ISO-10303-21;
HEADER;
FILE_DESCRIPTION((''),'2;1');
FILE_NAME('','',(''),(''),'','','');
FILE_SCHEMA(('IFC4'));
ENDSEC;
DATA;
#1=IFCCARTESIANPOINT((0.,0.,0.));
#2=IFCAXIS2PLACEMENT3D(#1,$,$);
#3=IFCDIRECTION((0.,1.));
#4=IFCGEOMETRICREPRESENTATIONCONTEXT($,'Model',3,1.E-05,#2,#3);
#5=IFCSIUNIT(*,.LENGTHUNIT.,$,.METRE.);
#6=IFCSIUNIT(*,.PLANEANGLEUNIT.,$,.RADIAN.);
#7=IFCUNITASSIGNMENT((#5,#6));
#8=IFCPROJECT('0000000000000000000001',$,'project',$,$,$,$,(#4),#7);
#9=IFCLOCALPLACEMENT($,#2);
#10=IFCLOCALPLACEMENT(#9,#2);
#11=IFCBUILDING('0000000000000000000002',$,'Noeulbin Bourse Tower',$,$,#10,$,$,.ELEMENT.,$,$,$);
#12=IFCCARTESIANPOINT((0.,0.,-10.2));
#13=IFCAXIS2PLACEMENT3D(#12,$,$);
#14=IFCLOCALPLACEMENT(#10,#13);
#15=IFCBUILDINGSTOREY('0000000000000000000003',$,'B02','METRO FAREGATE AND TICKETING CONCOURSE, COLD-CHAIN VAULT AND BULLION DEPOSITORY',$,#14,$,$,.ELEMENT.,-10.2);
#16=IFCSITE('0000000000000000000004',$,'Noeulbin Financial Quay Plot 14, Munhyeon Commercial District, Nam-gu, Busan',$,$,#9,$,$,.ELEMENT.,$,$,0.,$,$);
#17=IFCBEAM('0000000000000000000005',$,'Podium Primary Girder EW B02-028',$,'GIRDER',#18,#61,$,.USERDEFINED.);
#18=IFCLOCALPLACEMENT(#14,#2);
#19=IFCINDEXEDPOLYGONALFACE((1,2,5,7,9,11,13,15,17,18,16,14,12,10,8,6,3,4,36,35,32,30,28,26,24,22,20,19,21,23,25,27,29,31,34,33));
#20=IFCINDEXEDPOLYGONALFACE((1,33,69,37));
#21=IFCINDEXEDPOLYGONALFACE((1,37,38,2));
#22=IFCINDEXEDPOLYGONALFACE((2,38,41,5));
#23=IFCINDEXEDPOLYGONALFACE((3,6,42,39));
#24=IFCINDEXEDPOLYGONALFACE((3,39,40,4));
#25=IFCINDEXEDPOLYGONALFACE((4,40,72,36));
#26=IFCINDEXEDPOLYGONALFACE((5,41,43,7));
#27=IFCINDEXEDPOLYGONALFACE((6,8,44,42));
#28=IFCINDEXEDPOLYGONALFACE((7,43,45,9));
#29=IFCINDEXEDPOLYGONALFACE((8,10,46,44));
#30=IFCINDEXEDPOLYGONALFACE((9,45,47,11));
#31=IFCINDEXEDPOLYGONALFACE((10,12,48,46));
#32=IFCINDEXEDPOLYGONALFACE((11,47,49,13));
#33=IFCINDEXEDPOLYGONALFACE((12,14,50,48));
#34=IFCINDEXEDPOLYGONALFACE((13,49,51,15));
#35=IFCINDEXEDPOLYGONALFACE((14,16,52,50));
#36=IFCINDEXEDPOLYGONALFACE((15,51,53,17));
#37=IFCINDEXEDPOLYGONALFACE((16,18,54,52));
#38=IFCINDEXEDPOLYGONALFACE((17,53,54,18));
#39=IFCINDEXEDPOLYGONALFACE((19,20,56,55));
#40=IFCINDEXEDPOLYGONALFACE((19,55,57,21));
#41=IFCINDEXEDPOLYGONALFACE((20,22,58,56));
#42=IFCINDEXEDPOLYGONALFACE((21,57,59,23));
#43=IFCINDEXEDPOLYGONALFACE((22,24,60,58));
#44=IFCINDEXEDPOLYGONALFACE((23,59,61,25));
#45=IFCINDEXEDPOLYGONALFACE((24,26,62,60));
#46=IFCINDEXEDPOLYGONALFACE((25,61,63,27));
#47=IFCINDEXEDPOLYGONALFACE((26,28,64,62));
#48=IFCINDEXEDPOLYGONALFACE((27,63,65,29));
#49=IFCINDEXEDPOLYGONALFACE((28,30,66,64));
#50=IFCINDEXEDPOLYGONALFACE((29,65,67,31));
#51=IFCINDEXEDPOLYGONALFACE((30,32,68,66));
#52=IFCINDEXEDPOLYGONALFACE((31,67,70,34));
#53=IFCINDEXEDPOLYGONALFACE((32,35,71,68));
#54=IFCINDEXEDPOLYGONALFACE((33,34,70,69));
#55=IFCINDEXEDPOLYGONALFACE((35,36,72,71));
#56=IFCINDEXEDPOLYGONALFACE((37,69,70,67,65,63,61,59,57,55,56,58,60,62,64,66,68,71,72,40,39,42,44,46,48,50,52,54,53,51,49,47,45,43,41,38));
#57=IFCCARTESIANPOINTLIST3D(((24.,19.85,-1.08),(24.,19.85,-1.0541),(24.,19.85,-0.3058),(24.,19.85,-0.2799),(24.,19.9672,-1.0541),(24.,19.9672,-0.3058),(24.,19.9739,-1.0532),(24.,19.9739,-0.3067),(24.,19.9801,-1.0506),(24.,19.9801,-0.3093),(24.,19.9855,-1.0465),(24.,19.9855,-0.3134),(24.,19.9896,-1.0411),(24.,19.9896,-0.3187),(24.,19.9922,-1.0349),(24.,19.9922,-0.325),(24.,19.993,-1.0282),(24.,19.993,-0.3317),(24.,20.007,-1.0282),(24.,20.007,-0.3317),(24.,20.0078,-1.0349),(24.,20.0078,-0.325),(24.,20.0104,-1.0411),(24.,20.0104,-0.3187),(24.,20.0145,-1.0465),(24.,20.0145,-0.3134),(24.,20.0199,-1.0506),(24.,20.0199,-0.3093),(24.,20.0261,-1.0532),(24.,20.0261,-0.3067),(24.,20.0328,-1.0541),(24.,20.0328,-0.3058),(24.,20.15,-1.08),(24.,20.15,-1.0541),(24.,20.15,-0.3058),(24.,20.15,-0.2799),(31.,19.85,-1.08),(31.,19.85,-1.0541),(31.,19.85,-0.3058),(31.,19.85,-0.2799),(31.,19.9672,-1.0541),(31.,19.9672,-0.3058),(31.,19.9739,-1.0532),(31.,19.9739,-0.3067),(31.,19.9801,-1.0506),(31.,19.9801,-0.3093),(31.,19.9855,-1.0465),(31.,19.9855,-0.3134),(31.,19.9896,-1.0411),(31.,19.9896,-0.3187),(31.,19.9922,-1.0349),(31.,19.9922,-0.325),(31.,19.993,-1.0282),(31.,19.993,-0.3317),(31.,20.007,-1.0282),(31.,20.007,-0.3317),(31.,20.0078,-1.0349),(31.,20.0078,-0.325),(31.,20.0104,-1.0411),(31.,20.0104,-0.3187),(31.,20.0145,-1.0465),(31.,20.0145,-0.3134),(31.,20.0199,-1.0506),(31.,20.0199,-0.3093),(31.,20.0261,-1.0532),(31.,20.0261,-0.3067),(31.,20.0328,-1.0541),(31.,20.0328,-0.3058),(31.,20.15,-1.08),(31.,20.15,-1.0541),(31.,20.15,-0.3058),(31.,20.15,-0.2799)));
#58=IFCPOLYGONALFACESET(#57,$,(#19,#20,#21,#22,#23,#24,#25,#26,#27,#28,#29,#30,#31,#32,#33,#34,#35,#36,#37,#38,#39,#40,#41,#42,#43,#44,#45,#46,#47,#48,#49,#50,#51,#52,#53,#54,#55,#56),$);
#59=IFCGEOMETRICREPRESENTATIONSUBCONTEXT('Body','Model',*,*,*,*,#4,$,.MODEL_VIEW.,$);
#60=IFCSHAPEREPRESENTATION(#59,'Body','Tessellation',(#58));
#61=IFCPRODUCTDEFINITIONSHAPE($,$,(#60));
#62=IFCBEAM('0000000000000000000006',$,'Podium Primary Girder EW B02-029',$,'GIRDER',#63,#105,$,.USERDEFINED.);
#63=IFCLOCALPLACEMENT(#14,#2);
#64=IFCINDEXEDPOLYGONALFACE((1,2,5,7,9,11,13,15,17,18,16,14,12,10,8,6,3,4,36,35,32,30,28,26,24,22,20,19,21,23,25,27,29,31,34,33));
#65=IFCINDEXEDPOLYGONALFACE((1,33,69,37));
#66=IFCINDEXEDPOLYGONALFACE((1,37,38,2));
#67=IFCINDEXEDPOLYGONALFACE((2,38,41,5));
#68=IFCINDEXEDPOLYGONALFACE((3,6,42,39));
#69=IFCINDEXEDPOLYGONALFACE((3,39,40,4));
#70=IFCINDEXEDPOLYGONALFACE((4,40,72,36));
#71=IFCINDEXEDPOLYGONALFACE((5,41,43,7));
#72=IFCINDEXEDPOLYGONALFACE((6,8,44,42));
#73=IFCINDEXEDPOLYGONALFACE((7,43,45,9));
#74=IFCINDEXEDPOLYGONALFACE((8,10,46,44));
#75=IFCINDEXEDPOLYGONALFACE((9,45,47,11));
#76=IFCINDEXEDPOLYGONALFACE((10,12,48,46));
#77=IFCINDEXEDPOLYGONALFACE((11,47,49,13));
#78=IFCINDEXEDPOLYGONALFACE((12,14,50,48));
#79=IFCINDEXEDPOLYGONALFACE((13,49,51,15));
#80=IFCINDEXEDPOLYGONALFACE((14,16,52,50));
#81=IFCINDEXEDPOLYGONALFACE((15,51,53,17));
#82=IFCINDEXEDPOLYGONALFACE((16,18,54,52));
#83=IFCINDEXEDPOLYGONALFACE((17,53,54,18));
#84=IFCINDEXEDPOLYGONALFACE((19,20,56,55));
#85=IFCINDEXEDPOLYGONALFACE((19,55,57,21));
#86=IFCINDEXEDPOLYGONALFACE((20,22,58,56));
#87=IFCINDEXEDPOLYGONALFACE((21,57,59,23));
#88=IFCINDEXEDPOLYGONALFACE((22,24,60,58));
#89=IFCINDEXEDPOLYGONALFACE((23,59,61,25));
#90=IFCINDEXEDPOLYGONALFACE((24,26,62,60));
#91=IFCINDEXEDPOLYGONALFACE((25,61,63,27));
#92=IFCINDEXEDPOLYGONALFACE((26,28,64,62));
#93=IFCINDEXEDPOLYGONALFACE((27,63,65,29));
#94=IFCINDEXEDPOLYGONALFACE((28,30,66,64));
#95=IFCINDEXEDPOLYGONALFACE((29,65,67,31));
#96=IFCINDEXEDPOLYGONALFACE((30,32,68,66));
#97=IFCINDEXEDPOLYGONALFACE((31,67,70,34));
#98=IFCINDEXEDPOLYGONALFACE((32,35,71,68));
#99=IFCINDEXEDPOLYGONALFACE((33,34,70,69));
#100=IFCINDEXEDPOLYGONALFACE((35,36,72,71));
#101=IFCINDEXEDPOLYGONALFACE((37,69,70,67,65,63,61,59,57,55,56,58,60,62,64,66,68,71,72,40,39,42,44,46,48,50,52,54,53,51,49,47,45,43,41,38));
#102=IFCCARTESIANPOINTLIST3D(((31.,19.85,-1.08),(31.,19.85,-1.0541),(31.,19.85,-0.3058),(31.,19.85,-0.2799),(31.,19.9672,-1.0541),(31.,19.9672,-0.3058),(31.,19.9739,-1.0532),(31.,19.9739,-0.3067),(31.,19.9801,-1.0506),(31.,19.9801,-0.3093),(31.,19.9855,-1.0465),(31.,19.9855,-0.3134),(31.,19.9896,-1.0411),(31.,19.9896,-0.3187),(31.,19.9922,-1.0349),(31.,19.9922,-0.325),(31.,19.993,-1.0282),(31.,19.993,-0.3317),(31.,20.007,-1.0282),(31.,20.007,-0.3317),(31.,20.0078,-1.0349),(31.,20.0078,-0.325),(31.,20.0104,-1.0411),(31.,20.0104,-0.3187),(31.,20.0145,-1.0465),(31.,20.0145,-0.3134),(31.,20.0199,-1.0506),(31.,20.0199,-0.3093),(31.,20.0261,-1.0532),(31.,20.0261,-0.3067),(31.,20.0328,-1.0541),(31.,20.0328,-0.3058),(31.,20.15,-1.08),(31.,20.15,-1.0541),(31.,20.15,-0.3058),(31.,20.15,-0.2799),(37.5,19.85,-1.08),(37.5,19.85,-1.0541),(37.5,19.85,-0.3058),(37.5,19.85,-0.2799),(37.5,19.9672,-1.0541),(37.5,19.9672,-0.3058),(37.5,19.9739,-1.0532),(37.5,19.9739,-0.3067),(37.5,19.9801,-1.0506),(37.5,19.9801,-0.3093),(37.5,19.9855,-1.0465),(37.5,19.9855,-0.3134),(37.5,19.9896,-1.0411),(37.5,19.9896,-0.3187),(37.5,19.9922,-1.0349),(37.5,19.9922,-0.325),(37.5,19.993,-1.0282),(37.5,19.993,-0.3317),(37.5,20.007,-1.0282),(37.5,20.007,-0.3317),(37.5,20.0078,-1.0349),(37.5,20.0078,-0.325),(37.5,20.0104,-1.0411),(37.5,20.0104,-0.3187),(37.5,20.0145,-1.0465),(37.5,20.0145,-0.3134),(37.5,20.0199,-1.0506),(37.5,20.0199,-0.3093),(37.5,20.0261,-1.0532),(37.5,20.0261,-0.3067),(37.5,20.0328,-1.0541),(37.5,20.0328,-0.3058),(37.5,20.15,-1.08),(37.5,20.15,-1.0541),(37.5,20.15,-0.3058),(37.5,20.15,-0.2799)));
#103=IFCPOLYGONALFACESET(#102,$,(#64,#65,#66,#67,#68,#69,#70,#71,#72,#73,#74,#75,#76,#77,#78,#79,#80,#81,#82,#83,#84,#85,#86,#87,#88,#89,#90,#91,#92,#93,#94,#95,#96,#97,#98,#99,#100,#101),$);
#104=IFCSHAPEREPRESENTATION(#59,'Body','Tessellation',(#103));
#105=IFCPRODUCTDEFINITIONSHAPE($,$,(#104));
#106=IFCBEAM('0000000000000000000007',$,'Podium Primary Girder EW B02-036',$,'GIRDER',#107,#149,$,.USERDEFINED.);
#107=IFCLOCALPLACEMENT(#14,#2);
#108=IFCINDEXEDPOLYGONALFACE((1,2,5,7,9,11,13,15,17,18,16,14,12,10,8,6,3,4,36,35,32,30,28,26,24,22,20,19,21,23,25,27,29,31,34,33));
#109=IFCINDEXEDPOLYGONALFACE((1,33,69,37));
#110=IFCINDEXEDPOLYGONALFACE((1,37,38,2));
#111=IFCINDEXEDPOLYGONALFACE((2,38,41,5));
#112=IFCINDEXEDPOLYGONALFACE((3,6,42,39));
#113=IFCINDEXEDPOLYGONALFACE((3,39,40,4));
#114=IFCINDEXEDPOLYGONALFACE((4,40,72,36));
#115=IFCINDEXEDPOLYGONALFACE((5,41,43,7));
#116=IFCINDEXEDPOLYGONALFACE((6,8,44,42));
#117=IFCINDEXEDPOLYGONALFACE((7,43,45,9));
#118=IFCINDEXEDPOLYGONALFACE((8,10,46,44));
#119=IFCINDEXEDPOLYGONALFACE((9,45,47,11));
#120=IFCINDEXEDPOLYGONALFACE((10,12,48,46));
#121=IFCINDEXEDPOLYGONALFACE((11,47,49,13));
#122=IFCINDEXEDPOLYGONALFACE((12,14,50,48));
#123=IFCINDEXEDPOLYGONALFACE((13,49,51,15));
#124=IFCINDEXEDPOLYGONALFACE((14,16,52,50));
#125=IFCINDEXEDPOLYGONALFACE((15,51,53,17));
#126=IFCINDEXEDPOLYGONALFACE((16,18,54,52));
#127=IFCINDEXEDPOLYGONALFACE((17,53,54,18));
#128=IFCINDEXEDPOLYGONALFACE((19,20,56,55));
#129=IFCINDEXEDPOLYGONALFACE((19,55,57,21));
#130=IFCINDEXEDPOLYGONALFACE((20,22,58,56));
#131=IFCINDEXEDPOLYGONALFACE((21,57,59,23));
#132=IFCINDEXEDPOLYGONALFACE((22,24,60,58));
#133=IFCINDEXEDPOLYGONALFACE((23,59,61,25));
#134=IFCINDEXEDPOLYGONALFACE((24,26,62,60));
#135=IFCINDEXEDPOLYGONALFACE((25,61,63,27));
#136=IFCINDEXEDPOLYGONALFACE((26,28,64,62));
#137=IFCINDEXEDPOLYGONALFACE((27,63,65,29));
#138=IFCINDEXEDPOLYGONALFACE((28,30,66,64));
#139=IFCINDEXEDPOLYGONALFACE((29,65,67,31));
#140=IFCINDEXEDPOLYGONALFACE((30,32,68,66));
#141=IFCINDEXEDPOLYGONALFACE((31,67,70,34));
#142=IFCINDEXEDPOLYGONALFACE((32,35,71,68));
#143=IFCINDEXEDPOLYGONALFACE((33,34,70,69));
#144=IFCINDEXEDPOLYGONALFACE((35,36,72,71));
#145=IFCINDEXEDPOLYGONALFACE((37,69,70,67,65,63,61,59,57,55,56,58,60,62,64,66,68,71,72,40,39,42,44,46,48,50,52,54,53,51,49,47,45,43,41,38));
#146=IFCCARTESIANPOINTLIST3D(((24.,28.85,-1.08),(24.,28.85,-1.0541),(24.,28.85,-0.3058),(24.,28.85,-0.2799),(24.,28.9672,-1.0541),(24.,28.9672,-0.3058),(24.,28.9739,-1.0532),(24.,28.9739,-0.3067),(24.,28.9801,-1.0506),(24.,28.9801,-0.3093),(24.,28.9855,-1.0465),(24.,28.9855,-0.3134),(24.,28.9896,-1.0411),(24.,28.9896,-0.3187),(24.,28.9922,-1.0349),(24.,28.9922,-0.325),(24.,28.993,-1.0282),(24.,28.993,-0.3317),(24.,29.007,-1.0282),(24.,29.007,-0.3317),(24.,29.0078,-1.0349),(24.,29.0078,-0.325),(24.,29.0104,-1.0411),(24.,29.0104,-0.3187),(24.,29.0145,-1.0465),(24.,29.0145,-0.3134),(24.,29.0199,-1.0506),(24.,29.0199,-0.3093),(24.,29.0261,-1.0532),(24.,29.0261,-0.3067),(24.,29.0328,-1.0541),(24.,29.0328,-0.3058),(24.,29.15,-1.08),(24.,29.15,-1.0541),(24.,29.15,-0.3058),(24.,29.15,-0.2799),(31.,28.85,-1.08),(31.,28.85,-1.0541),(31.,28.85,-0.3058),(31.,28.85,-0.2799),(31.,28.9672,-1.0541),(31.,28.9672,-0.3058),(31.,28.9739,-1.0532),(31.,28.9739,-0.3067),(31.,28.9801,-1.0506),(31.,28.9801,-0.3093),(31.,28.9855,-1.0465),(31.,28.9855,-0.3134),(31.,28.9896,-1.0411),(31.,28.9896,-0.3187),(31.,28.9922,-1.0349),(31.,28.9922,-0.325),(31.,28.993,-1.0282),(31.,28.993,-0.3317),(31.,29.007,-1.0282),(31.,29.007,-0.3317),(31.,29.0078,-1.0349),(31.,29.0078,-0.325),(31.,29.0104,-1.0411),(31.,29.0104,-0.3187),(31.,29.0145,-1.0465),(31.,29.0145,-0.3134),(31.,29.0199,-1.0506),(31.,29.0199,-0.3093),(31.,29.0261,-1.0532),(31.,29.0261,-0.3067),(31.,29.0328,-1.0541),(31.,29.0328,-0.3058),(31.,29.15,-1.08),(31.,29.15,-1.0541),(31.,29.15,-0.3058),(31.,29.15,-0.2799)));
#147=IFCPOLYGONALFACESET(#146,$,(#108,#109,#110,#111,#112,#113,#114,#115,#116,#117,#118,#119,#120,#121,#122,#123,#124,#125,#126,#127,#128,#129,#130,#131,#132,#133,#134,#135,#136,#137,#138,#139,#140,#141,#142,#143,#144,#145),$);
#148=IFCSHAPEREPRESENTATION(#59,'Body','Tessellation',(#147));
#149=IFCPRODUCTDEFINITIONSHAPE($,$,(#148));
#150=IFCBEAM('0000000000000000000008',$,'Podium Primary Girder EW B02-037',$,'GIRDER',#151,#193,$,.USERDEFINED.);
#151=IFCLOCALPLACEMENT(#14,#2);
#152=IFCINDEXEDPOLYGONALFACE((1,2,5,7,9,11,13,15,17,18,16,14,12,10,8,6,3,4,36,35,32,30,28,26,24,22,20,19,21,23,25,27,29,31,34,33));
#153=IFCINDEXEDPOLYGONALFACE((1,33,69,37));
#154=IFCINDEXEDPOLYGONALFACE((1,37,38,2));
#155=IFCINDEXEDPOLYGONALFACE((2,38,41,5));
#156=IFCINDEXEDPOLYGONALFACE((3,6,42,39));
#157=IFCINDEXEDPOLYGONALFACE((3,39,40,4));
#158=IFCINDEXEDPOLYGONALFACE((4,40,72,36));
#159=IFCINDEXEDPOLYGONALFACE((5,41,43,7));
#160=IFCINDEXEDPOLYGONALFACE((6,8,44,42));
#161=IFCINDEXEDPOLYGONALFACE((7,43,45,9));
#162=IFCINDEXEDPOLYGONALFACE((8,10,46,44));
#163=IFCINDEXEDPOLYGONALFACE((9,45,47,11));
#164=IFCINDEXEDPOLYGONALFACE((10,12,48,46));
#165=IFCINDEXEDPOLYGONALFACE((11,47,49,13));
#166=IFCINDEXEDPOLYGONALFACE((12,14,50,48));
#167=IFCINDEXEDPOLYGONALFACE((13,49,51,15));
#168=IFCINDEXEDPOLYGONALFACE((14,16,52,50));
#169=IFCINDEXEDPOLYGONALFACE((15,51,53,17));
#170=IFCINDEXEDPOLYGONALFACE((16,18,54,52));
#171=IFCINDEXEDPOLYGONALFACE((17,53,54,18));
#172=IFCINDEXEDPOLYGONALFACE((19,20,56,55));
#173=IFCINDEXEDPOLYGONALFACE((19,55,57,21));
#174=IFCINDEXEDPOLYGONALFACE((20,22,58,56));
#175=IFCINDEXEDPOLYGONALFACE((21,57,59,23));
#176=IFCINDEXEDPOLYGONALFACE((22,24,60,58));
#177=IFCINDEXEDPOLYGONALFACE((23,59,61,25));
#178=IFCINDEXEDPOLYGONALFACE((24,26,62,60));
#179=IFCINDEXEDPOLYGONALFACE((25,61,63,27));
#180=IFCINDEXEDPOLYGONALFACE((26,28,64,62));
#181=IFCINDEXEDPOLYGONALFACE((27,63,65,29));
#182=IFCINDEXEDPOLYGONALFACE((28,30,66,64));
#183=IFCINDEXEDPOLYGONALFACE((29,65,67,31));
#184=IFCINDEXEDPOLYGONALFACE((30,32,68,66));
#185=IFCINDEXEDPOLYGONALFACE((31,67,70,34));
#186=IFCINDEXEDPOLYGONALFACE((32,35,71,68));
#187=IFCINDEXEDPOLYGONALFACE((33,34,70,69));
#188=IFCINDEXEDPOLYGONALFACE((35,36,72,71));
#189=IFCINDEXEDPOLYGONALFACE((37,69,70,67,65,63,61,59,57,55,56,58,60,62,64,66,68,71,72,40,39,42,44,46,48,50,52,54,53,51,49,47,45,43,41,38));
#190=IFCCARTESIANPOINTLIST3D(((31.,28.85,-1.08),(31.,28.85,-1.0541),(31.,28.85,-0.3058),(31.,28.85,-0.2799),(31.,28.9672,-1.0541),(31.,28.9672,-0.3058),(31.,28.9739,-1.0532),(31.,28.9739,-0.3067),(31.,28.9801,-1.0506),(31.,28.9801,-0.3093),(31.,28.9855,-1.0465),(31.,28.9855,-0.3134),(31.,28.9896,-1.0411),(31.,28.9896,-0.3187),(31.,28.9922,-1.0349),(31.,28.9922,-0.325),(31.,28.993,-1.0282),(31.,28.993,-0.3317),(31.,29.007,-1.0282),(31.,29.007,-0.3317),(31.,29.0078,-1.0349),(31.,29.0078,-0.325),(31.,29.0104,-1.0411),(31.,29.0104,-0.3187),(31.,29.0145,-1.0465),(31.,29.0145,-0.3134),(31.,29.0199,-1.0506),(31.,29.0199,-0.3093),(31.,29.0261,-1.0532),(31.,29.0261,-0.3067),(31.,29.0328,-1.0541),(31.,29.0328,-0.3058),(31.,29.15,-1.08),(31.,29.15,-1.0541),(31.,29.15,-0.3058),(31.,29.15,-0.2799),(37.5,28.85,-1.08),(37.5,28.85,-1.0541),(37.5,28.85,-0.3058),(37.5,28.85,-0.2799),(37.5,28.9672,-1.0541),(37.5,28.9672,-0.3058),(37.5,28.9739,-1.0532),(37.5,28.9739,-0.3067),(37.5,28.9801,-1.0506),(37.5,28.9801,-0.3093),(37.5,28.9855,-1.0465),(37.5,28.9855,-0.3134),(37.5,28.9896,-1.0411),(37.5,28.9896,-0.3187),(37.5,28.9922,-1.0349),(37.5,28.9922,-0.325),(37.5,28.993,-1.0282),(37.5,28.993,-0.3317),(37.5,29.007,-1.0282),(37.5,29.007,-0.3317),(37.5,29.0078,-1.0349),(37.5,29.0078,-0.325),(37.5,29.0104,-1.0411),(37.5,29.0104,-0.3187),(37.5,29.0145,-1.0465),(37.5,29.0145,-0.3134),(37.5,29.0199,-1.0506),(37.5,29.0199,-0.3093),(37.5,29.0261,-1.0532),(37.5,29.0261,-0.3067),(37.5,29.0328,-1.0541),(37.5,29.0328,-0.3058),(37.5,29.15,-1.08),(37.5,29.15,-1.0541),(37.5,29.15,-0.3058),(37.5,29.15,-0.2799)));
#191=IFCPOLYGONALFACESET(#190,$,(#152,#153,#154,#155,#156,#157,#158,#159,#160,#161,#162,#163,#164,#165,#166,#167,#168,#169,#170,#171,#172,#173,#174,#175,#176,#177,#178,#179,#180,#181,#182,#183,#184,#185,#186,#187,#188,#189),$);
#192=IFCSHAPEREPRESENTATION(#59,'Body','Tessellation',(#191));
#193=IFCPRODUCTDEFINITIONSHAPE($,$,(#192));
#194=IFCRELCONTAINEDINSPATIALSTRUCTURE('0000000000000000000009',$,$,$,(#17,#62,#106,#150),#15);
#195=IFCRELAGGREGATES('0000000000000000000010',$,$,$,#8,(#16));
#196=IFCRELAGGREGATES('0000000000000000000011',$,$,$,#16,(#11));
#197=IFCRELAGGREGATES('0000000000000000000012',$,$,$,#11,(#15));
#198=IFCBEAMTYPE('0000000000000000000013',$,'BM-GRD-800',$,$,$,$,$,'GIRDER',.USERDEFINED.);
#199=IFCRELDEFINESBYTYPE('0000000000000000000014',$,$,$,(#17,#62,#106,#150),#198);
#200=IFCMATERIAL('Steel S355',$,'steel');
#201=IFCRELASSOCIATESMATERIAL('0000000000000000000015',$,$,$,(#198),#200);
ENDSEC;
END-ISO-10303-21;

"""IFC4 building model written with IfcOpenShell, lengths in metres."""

from ifc_helpers import new_model, si_unit, direction, frame, origin, origin_2d, place, context, subcontext, project, spatial, i_section, extrude, material, material_profile, profile_set, type_object, element, save


model = new_model("IFC4")

# Units and contexts
model_context = context("Model", 3, precision=1e-05, world=origin(), true_north=direction((0.0, 1.0)))
body_context = subcontext(model_context, "Body", "Model", "MODEL_VIEW")
ifc_project = project(units=[si_unit("LENGTHUNIT", "METRE"), si_unit("PLANEANGLEUNIT", "RADIAN")], contexts=[model_context])

# Site, building, storey
site_placement = place(None, origin())
site = spatial("IfcSite", under=ifc_project, at=site_placement, Name="Noeulbin Financial Quay Plot 14, Munhyeon Commercial District, Nam-gu, Busan", CompositionType="ELEMENT", RefElevation=0.0)
building_placement = place(site_placement, origin())
building = spatial("IfcBuilding", under=site, at=building_placement, Name="Noeulbin Bourse Tower", CompositionType="ELEMENT")
storey_placement = place(building_placement, frame((0.0, 0.0, -10.2)))
storey = spatial("IfcBuildingStorey", under=building, at=storey_placement, Name="B02", Description="METRO FAREGATE AND TICKETING CONCOURSE, COLD-CHAIN VAULT AND BULLION DEPOSITORY", CompositionType="ELEMENT", Elevation=-10.2)

# Beams
ifc_material_1 = material(Name="Steel S355", Category="steel")
ifc_material_profile_1 = material_profile(ifc_material_1, i_section(OverallWidth=0.3, OverallDepth=0.8, WebThickness=0.0139, FlangeThickness=0.0259, FilletRadius=0.0259, at=origin_2d()), Name="H-800x300x14x26", Category="LoadBearing")
ifc_profile_set_1 = profile_set([ifc_material_profile_1], Name="Steel S355")
beam_type_1 = type_object("IfcBeamType", Name="BM-GRD-800", ElementType="GIRDER", PredefinedType="USERDEFINED", material=ifc_profile_set_1)
beam_1_placement = place(storey_placement, frame((24.0, 20.0, -0.6799), z_axis=(1.0, 0.0, 0.0), x_axis=(0.0, 1.0, 0.0)))
element("IfcBeam", 1, at=beam_1_placement, inside=storey, type_object=beam_type_1, Name="Podium Primary Girder EW B02-028", ObjectType="GIRDER", PredefinedType="USERDEFINED", context=body_context, shape_type="SweptSolid", body=[
    extrude(i_section(OverallWidth=0.3, OverallDepth=0.8, WebThickness=0.0139, FlangeThickness=0.0259, FilletRadius=0.0259, at=origin_2d()), origin(), (0.0, 0.0, 1.0), 7.0),
])
beam_2_placement = place(storey_placement, frame((31.0, 20.0, -0.6799), z_axis=(1.0, 0.0, 0.0), x_axis=(0.0, 1.0, 0.0)))
element("IfcBeam", 2, at=beam_2_placement, inside=storey, type_object=beam_type_1, Name="Podium Primary Girder EW B02-029", ObjectType="GIRDER", PredefinedType="USERDEFINED", context=body_context, shape_type="SweptSolid", body=[
    extrude(i_section(OverallWidth=0.3, OverallDepth=0.8, WebThickness=0.0139, FlangeThickness=0.0259, FilletRadius=0.0259, at=origin_2d()), origin(), (0.0, 0.0, 1.0), 6.5),
])
beam_3_placement = place(storey_placement, frame((24.0, 29.0, -0.6799), z_axis=(1.0, 0.0, 0.0), x_axis=(0.0, 1.0, 0.0)))
element("IfcBeam", 3, at=beam_3_placement, inside=storey, type_object=beam_type_1, Name="Podium Primary Girder EW B02-036", ObjectType="GIRDER", PredefinedType="USERDEFINED", context=body_context, shape_type="SweptSolid", body=[
    extrude(i_section(OverallWidth=0.3, OverallDepth=0.8, WebThickness=0.0139, FlangeThickness=0.0259, FilletRadius=0.0259, at=origin_2d()), origin(), (0.0, 0.0, 1.0), 7.0),
])
beam_4_placement = place(storey_placement, frame((31.0, 29.0, -0.6799), z_axis=(1.0, 0.0, 0.0), x_axis=(0.0, 1.0, 0.0)))
element("IfcBeam", 4, at=beam_4_placement, inside=storey, type_object=beam_type_1, Name="Podium Primary Girder EW B02-037", ObjectType="GIRDER", PredefinedType="USERDEFINED", context=body_context, shape_type="SweptSolid", body=[
    extrude(i_section(OverallWidth=0.3, OverallDepth=0.8, WebThickness=0.0139, FlangeThickness=0.0259, FilletRadius=0.0259, at=origin_2d()), origin(), (0.0, 0.0, 1.0), 6.5),
])

save(model, "model.ifc")
